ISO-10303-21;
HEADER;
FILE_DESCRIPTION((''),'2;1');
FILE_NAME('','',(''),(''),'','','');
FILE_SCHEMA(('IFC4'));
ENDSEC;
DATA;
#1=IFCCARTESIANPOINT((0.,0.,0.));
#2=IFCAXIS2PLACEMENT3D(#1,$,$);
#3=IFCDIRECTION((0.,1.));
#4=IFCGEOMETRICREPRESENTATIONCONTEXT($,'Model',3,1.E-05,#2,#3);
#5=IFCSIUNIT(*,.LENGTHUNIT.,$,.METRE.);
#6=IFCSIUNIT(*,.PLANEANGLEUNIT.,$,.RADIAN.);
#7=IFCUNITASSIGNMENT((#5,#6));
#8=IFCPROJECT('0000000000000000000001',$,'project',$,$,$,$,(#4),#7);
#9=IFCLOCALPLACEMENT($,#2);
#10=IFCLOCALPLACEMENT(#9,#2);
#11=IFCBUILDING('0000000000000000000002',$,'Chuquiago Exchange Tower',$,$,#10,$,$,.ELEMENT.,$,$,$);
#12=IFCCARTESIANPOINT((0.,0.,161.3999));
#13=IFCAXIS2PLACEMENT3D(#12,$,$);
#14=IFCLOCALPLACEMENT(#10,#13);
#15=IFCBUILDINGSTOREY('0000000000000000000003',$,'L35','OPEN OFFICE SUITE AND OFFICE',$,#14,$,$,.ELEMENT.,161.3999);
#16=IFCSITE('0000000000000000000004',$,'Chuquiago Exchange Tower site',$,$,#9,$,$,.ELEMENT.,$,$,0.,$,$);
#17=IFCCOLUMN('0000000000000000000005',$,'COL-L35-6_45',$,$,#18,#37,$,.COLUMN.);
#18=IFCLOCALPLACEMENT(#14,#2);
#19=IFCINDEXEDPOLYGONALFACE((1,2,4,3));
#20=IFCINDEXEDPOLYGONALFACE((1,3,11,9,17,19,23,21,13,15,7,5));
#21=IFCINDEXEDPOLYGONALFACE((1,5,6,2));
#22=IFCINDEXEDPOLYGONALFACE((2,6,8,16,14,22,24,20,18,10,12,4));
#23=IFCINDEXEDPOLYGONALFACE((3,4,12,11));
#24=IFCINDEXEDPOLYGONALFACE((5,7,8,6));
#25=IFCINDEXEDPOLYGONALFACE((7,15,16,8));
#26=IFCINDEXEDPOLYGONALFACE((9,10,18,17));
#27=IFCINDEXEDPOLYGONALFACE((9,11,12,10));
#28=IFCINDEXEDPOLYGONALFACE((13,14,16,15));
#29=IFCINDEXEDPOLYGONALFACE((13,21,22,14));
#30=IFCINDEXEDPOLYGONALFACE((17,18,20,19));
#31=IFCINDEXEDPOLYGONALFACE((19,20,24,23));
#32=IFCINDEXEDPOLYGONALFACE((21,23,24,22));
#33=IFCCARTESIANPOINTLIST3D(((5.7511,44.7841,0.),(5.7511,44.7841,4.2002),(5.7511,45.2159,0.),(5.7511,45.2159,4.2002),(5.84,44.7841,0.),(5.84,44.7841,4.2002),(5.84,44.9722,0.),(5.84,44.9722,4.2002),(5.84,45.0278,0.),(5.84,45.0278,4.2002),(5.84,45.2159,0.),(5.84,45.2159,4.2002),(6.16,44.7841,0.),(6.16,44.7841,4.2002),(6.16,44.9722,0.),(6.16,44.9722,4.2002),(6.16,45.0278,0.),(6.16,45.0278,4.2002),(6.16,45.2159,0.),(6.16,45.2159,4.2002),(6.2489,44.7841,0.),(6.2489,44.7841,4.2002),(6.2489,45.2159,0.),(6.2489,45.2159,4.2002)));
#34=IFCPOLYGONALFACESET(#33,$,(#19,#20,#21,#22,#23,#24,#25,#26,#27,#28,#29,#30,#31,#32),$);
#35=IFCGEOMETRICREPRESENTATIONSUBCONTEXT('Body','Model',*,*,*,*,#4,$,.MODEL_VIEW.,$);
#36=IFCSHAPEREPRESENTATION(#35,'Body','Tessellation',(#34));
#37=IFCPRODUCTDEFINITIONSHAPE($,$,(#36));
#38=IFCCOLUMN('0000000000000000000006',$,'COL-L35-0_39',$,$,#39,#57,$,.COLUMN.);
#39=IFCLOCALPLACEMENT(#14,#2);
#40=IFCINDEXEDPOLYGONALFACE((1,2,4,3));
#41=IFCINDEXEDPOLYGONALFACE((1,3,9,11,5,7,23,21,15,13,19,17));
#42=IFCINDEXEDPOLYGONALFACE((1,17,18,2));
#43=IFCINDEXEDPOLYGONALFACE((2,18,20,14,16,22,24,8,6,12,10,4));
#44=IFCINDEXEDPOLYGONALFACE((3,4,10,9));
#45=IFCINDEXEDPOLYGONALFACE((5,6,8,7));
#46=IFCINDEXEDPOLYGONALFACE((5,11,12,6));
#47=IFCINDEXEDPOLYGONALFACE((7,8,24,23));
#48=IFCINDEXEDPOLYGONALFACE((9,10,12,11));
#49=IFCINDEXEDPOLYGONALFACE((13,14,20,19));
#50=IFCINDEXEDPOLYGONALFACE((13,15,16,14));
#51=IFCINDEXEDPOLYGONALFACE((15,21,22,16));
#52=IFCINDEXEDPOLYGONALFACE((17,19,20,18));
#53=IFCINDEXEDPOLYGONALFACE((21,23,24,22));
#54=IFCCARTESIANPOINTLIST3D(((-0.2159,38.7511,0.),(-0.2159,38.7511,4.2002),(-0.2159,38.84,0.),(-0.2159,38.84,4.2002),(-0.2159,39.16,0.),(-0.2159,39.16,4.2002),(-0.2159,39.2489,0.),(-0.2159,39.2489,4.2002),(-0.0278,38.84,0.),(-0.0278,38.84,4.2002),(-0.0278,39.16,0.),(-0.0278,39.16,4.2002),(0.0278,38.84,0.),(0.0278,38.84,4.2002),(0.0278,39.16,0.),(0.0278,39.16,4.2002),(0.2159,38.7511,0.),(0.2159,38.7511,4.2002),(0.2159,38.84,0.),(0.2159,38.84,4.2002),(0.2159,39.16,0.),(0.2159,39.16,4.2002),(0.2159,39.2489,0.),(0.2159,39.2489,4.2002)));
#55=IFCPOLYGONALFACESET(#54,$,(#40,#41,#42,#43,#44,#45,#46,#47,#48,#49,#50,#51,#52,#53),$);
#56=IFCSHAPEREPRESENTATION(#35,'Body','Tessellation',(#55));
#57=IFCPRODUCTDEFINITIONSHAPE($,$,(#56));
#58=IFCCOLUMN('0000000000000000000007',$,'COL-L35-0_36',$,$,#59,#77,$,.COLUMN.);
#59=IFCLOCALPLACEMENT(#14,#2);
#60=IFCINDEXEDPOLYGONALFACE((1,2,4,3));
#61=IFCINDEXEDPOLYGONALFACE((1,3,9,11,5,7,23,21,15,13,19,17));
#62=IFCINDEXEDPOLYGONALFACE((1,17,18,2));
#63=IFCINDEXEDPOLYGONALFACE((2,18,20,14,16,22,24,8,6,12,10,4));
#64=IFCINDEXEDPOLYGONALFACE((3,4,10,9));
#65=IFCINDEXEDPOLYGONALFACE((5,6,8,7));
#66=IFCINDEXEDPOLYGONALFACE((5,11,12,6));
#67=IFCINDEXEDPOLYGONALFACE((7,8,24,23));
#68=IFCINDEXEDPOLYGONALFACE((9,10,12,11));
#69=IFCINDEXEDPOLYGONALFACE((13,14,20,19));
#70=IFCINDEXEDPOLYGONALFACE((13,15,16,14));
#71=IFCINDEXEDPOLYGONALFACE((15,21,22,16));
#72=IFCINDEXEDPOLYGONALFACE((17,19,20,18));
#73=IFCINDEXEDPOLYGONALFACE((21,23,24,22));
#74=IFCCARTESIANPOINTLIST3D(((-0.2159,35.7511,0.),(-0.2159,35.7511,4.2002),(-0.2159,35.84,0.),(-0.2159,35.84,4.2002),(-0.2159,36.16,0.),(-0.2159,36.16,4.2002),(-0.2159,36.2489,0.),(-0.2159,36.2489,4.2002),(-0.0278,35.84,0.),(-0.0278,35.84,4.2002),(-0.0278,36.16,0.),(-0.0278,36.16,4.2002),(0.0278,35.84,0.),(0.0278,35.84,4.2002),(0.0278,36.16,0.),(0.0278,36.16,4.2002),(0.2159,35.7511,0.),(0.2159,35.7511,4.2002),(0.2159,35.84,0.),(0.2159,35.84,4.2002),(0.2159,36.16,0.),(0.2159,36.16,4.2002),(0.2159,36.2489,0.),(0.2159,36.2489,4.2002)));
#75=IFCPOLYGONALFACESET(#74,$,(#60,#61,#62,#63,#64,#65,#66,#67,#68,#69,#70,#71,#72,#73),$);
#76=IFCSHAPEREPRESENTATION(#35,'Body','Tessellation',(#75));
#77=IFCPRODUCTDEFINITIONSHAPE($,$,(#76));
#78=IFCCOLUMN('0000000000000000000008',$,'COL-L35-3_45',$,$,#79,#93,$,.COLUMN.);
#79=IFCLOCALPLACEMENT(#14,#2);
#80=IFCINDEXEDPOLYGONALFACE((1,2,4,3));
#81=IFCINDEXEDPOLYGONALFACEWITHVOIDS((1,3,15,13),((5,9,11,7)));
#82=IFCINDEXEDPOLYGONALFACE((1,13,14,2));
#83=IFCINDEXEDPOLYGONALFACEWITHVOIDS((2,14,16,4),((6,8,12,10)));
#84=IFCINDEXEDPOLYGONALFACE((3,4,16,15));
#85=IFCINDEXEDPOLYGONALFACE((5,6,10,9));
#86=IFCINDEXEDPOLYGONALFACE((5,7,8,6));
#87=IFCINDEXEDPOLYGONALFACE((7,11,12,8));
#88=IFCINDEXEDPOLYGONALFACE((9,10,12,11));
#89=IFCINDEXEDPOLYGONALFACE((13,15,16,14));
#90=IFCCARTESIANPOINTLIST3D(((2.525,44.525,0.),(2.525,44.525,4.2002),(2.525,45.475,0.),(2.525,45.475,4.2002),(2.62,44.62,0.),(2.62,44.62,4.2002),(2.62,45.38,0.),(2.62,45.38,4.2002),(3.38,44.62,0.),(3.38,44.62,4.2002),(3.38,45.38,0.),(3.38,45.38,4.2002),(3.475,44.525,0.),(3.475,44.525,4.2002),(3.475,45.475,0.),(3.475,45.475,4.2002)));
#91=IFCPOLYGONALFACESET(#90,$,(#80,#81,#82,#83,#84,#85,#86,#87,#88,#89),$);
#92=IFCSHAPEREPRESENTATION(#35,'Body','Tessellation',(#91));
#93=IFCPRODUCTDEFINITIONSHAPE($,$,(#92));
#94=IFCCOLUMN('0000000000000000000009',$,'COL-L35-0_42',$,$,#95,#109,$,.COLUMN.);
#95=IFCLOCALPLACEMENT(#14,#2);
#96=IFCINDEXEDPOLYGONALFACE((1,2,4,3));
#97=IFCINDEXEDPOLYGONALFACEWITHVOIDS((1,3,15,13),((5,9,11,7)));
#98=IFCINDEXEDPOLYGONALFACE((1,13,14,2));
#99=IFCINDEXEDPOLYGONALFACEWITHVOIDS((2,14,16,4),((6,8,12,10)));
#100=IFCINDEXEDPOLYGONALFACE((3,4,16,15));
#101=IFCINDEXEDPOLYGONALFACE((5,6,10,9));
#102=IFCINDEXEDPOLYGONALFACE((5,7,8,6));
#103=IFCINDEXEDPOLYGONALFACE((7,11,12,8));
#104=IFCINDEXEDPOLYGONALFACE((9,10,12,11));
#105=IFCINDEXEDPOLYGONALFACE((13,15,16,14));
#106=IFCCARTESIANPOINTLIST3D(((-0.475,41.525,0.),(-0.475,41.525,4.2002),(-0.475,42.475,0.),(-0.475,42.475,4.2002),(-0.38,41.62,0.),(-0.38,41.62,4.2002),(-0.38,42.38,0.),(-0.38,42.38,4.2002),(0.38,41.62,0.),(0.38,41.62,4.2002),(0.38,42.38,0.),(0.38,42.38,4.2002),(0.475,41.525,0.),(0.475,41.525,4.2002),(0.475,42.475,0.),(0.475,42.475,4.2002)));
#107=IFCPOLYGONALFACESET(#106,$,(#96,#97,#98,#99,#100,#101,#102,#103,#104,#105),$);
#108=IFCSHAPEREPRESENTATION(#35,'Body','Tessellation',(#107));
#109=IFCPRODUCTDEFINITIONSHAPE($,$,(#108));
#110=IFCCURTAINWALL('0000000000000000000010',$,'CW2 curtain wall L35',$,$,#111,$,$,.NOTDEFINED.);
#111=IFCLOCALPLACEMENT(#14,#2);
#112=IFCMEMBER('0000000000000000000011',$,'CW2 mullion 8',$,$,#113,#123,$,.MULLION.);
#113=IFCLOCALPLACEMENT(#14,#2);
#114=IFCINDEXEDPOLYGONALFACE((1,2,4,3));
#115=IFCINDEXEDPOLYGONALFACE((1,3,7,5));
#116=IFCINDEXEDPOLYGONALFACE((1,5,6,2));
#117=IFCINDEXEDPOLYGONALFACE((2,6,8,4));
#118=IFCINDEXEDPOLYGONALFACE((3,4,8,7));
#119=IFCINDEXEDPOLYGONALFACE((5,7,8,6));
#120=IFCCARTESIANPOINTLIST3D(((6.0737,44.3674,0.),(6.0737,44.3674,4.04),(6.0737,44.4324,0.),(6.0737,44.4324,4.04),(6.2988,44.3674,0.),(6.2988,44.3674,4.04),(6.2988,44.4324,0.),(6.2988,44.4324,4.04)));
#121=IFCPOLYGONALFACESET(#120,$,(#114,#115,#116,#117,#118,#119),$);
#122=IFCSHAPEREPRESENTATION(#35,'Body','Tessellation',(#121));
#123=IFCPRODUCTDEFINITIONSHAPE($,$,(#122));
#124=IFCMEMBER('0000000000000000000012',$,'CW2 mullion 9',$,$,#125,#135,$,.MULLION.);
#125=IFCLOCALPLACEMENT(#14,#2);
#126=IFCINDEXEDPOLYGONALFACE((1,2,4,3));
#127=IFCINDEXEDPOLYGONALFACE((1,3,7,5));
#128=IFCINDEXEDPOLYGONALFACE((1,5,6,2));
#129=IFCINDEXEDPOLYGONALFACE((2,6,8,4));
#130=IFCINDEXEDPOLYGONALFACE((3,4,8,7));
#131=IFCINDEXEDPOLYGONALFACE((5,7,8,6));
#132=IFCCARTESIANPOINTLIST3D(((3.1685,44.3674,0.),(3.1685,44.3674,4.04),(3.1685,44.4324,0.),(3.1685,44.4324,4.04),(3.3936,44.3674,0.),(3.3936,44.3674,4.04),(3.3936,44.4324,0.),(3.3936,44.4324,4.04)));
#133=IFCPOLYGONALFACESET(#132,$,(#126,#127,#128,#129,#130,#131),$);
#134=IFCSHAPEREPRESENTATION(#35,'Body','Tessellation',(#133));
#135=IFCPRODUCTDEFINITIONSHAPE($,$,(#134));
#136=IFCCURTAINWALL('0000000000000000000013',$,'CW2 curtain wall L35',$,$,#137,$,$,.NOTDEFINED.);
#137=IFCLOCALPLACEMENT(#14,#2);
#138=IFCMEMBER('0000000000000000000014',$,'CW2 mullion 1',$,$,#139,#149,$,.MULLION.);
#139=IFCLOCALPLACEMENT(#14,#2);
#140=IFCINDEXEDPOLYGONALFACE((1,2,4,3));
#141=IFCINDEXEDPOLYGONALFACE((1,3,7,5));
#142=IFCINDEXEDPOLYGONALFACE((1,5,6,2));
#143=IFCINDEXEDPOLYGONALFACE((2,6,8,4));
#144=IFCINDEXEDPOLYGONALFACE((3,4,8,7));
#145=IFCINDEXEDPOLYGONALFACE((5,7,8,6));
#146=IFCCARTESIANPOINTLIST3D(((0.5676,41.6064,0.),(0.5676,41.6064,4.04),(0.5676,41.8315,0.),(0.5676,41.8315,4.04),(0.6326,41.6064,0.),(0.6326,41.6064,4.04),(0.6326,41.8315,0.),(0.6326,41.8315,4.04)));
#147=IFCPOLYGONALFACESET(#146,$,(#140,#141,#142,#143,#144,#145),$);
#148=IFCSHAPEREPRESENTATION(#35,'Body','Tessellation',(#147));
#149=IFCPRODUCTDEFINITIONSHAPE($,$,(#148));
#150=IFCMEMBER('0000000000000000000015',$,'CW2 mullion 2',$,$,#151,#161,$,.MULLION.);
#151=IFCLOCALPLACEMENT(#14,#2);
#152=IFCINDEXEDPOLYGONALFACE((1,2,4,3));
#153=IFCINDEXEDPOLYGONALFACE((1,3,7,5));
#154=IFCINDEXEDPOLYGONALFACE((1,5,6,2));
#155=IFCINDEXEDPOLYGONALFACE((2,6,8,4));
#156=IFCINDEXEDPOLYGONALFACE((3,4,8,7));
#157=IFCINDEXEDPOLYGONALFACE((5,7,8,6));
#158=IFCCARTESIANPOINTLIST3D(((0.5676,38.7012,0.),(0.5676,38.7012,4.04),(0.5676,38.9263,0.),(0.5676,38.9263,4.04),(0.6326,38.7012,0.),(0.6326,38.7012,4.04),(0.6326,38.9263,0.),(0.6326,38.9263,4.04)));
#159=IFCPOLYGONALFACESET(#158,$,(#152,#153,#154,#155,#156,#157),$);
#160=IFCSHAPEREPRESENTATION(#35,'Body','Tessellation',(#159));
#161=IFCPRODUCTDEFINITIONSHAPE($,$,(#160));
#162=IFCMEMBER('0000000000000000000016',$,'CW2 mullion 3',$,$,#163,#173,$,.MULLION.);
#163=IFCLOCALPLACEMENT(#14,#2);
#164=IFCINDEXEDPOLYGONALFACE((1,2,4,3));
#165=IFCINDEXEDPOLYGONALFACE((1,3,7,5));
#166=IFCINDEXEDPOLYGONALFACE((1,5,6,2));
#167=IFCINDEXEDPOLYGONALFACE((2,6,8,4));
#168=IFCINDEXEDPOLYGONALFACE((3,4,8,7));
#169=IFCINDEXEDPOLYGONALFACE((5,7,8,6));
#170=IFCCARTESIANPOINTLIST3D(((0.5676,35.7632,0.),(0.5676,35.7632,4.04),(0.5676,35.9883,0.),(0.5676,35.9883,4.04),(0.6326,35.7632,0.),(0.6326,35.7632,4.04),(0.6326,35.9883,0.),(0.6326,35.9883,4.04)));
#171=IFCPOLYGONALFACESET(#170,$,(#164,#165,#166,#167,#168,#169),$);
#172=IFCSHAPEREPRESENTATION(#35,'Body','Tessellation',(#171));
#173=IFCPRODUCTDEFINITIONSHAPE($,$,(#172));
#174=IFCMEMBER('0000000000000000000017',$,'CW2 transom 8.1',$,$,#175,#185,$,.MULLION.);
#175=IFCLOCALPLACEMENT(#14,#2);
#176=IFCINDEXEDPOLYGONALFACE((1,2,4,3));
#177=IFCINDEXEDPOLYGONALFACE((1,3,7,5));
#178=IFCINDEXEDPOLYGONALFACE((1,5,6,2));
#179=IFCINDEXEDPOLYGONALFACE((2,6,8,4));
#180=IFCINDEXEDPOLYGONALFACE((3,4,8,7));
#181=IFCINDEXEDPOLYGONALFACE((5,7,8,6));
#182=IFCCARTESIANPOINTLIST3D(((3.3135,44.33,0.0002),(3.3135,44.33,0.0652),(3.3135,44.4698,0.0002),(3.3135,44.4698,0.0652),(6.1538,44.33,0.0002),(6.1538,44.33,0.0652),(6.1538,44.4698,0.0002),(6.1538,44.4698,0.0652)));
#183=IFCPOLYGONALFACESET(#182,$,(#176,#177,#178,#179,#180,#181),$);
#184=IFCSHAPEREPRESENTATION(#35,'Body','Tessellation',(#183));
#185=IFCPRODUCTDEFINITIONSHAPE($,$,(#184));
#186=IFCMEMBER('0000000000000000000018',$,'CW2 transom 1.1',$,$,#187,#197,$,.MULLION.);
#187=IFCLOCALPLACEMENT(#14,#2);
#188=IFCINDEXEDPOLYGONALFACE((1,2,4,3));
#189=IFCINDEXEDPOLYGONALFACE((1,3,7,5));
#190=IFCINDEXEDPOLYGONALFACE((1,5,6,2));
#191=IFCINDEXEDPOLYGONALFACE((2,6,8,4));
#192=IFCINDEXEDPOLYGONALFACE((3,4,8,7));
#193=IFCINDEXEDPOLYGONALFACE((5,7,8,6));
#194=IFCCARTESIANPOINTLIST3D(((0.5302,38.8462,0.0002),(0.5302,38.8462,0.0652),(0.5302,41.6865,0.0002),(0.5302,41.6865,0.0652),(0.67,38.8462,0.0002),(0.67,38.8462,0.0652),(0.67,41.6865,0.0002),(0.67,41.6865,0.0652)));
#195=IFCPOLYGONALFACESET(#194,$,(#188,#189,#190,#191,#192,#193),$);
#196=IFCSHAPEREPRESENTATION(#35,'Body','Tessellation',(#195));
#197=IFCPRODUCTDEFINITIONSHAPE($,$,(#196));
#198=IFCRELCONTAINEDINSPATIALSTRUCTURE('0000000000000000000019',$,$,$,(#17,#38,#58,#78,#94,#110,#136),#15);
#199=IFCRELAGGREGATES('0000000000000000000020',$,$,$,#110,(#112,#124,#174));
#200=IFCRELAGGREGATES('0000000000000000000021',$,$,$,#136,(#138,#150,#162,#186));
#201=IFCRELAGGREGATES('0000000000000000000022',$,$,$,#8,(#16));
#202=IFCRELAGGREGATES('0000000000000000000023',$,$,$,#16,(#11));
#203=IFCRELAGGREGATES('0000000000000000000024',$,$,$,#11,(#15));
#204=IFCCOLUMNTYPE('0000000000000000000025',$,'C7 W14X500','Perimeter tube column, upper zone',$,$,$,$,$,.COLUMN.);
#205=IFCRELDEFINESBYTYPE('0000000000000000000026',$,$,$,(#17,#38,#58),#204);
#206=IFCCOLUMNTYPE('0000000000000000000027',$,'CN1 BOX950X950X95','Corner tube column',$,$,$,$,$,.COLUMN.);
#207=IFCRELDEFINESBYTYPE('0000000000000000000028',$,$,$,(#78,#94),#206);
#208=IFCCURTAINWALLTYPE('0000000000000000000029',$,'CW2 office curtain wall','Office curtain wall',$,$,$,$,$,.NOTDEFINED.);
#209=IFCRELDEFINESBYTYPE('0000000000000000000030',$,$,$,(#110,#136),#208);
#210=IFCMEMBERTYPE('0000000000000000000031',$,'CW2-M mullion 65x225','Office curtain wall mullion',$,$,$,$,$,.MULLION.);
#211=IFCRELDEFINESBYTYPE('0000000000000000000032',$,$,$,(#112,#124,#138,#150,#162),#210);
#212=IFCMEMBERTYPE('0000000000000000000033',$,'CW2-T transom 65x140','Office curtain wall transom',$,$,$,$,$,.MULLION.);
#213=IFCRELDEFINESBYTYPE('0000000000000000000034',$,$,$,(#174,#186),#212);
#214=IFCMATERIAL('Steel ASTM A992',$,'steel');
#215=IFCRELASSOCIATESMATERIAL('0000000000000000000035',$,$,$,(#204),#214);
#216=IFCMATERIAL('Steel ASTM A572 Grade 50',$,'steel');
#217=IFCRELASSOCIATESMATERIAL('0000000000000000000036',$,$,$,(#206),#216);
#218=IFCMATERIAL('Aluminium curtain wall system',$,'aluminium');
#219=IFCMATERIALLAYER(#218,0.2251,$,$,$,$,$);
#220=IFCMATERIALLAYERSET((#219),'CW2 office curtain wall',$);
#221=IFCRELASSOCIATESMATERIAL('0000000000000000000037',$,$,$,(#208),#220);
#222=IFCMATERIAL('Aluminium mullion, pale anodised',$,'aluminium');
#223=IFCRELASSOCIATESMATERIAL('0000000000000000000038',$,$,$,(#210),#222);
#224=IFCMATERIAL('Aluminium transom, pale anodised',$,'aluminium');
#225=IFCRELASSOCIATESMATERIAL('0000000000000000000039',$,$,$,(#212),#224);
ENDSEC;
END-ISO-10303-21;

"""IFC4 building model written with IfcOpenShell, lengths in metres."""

from ifc_helpers import new_model, si_unit, direction, frame, origin, origin_2d, place, context, subcontext, project, spatial, rectangle, hollow_rectangle, i_section, extrude, material, layer, layer_set, material_profile, profile_set, type_object, element, aggregate, save


model = new_model("IFC4")

# Units and contexts
model_context = context("Model", 3, precision=1e-05, world=origin(), true_north=direction((0.0, 1.0)))
body_context = subcontext(model_context, "Body", "Model", "MODEL_VIEW")
ifc_project = project(units=[si_unit("LENGTHUNIT", "METRE"), si_unit("PLANEANGLEUNIT", "RADIAN")], contexts=[model_context])

# Site, building, storey
site_placement = place(None, origin())
site = spatial("IfcSite", under=ifc_project, at=site_placement, Name="Chuquiago Exchange Tower site", CompositionType="ELEMENT", RefElevation=0.0)
building_placement = place(site_placement, origin())
building = spatial("IfcBuilding", under=site, at=building_placement, Name="Chuquiago Exchange Tower", CompositionType="ELEMENT")
storey_placement = place(building_placement, frame((0.0, 0.0, 161.3999)))
storey = spatial("IfcBuildingStorey", under=building, at=storey_placement, Name="L35", Description="OPEN OFFICE SUITE AND OFFICE", CompositionType="ELEMENT", Elevation=161.3999)

# Columns
ifc_material_1 = material(Name="Steel ASTM A992", Category="steel")
ifc_material_profile_1 = material_profile(ifc_material_1, i_section(OverallWidth=0.4319, OverallDepth=0.4978, WebThickness=0.0557, FlangeThickness=0.0889, at=origin_2d()), Name="W14X500")
ifc_profile_set_1 = profile_set([ifc_material_profile_1], Name="Steel ASTM A992")
column_type_1 = type_object("IfcColumnType", Name="C7 W14X500", Description="Perimeter tube column, upper zone", PredefinedType="COLUMN", material=ifc_profile_set_1)
for number, where, z_axis, x_axis, name in (
    (1, (6.0, 45.0, 0.0), (0.0, 0.0, 1.0), (0.0, 1.0, 0.0), "COL-L35-6_45"),
    (2, (0.0, 39.0, 0.0), (0.0, 0.0, 1.0), (-1.0, 0.0, 0.0), "COL-L35-0_39"),
    (3, (0.0, 36.0, 0.0), (0.0, 0.0, 1.0), (-1.0, 0.0, 0.0), "COL-L35-0_36"),
):
    element("IfcColumn", number, at=place(storey_placement, frame(where, z_axis=z_axis, x_axis=x_axis)), inside=storey, type_object=column_type_1, Name=name, PredefinedType="COLUMN", context=body_context, shape_type="SweptSolid", body=[
        extrude(i_section(OverallWidth=0.4319, OverallDepth=0.4978, WebThickness=0.0557, FlangeThickness=0.0889, at=origin_2d()), origin(), (0.0, 0.0, 1.0), 4.2002),
    ])
ifc_material_2 = material(Name="Steel ASTM A572 Grade 50", Category="steel")
ifc_material_profile_2 = material_profile(ifc_material_2, hollow_rectangle(XDim=0.95, YDim=0.95, WallThickness=0.095, at=origin_2d()), Name="BOX950X950X95")
ifc_profile_set_2 = profile_set([ifc_material_profile_2], Name="Steel ASTM A572 Grade 50")
column_type_2 = type_object("IfcColumnType", Name="CN1 BOX950X950X95", Description="Corner tube column", PredefinedType="COLUMN", material=ifc_profile_set_2)
for number, where, z_axis, x_axis, name in (
    (4, (3.0, 45.0, 0.0), (0.0, 0.0, 1.0), (0.0, 1.0, 0.0), "COL-L35-3_45"),
    (5, (0.0, 42.0, 0.0), (0.0, 0.0, 1.0), (-1.0, 0.0, 0.0), "COL-L35-0_42"),
):
    element("IfcColumn", number, at=place(storey_placement, frame(where, z_axis=z_axis, x_axis=x_axis)), inside=storey, type_object=column_type_2, Name=name, PredefinedType="COLUMN", context=body_context, shape_type="SweptSolid", body=[
        extrude(hollow_rectangle(XDim=0.95, YDim=0.95, WallThickness=0.095, at=origin_2d()), origin(), (0.0, 0.0, 1.0), 4.2002),
    ])

# Curtain walls, members
ifc_material_3 = material(Name="Aluminium curtain wall system", Category="aluminium")
ifc_layer_1 = layer(ifc_material_3, 0.2251)
ifc_layer_set_1 = layer_set([ifc_layer_1], Name="CW2 office curtain wall")
curtain_wall_type_1 = type_object("IfcCurtainWallType", Name="CW2 office curtain wall", Description="Office curtain wall", PredefinedType="NOTDEFINED", material=ifc_layer_set_1)
curtain_wall_1_placement = place(storey_placement, origin())
curtain_wall_1 = element("IfcCurtainWall", 6, at=curtain_wall_1_placement, inside=storey, type_object=curtain_wall_type_1, Name="CW2 curtain wall L35", PredefinedType="NOTDEFINED")
ifc_material_4 = material(Name="Aluminium mullion, pale anodised", Category="aluminium")
ifc_material_profile_3 = material_profile(ifc_material_4, rectangle(XDim=0.0649, YDim=0.2251, at=origin_2d()), Name="AL 65x225")
ifc_profile_set_3 = profile_set([ifc_material_profile_3], Name="Aluminium mullion, pale anodised")
member_type_1 = type_object("IfcMemberType", Name="CW2-M mullion 65x225", Description="Office curtain wall mullion", PredefinedType="MULLION", material=ifc_profile_set_3)
member_1_placement = place(storey_placement, frame((6.1863, 44.3999, 0.0), z_axis=(0.0, 0.0, 1.0), x_axis=(0.0, -1.0, 0.0)))
member_1 = element("IfcMember", 7, at=member_1_placement, type_object=member_type_1, Name="CW2 mullion 8", PredefinedType="MULLION", context=body_context, shape_type="SweptSolid", body=[
    extrude(rectangle(XDim=0.0649, YDim=0.2251, at=origin_2d()), origin(), (0.0, 0.0, 1.0), 4.04),
])
member_2_placement = place(storey_placement, frame((3.281, 44.3999, 0.0), z_axis=(0.0, 0.0, 1.0), x_axis=(0.0, -1.0, 0.0)))
member_2 = element("IfcMember", 8, at=member_2_placement, type_object=member_type_1, Name="CW2 mullion 9", PredefinedType="MULLION", context=body_context, shape_type="SweptSolid", body=[
    extrude(rectangle(XDim=0.0649, YDim=0.2251, at=origin_2d()), origin(), (0.0, 0.0, 1.0), 4.04),
])
curtain_wall_2_placement = place(storey_placement, origin())
curtain_wall_2 = element("IfcCurtainWall", 9, at=curtain_wall_2_placement, inside=storey, type_object=curtain_wall_type_1, Name="CW2 curtain wall L35", PredefinedType="NOTDEFINED")
member_3_placement = place(storey_placement, frame((0.6001, 41.719, 0.0), z_axis=(0.0, 0.0, 1.0), x_axis=(1.0, 0.0, 0.0)))
member_3 = element("IfcMember", 10, at=member_3_placement, type_object=member_type_1, Name="CW2 mullion 1", PredefinedType="MULLION", context=body_context, shape_type="SweptSolid", body=[
    extrude(rectangle(XDim=0.0649, YDim=0.2251, at=origin_2d()), origin(), (0.0, 0.0, 1.0), 4.04),
])
member_4_placement = place(storey_placement, frame((0.6001, 38.8137, 0.0), z_axis=(0.0, 0.0, 1.0), x_axis=(1.0, 0.0, 0.0)))
member_4 = element("IfcMember", 11, at=member_4_placement, type_object=member_type_1, Name="CW2 mullion 2", PredefinedType="MULLION", context=body_context, shape_type="SweptSolid", body=[
    extrude(rectangle(XDim=0.0649, YDim=0.2251, at=origin_2d()), origin(), (0.0, 0.0, 1.0), 4.04),
])
member_5_placement = place(storey_placement, frame((0.6001, 35.8757, 0.0), z_axis=(0.0, 0.0, 1.0), x_axis=(1.0, 0.0, 0.0)))
member_5 = element("IfcMember", 12, at=member_5_placement, type_object=member_type_1, Name="CW2 mullion 3", PredefinedType="MULLION", context=body_context, shape_type="SweptSolid", body=[
    extrude(rectangle(XDim=0.0649, YDim=0.2251, at=origin_2d()), origin(), (0.0, 0.0, 1.0), 4.04),
])

# Members
ifc_material_5 = material(Name="Aluminium transom, pale anodised", Category="aluminium")
ifc_material_profile_4 = material_profile(ifc_material_5, rectangle(XDim=0.1399, YDim=0.0649, at=origin_2d()), Name="AL 140x65")
ifc_profile_set_4 = profile_set([ifc_material_profile_4], Name="Aluminium transom, pale anodised")
member_type_2 = type_object("IfcMemberType", Name="CW2-T transom 65x140", Description="Office curtain wall transom", PredefinedType="MULLION", material=ifc_profile_set_4)
member_6_placement = place(storey_placement, frame((6.1538, 44.3999, 0.0327), z_axis=(-1.0, 0.0, 0.0), x_axis=(0.0, -1.0, 0.0)))
member_6 = element("IfcMember", 13, at=member_6_placement, type_object=member_type_2, Name="CW2 transom 8.1", PredefinedType="MULLION", context=body_context, shape_type="SweptSolid", body=[
    extrude(rectangle(XDim=0.1399, YDim=0.0649, at=origin_2d()), origin(), (0.0, 0.0, 1.0), 2.8403),
])
member_7_placement = place(storey_placement, frame((0.6001, 41.6865, 0.0327), z_axis=(0.0, -1.0, 0.0), x_axis=(1.0, 0.0, 0.0)))
member_7 = element("IfcMember", 14, at=member_7_placement, type_object=member_type_2, Name="CW2 transom 1.1", PredefinedType="MULLION", context=body_context, shape_type="SweptSolid", body=[
    extrude(rectangle(XDim=0.1399, YDim=0.0649, at=origin_2d()), origin(), (0.0, 0.0, 1.0), 2.8403),
])

aggregate(curtain_wall_1, [member_1, member_2, member_6])
aggregate(curtain_wall_2, [member_3, member_4, member_5, member_7])

save(model, "model.ifc")
